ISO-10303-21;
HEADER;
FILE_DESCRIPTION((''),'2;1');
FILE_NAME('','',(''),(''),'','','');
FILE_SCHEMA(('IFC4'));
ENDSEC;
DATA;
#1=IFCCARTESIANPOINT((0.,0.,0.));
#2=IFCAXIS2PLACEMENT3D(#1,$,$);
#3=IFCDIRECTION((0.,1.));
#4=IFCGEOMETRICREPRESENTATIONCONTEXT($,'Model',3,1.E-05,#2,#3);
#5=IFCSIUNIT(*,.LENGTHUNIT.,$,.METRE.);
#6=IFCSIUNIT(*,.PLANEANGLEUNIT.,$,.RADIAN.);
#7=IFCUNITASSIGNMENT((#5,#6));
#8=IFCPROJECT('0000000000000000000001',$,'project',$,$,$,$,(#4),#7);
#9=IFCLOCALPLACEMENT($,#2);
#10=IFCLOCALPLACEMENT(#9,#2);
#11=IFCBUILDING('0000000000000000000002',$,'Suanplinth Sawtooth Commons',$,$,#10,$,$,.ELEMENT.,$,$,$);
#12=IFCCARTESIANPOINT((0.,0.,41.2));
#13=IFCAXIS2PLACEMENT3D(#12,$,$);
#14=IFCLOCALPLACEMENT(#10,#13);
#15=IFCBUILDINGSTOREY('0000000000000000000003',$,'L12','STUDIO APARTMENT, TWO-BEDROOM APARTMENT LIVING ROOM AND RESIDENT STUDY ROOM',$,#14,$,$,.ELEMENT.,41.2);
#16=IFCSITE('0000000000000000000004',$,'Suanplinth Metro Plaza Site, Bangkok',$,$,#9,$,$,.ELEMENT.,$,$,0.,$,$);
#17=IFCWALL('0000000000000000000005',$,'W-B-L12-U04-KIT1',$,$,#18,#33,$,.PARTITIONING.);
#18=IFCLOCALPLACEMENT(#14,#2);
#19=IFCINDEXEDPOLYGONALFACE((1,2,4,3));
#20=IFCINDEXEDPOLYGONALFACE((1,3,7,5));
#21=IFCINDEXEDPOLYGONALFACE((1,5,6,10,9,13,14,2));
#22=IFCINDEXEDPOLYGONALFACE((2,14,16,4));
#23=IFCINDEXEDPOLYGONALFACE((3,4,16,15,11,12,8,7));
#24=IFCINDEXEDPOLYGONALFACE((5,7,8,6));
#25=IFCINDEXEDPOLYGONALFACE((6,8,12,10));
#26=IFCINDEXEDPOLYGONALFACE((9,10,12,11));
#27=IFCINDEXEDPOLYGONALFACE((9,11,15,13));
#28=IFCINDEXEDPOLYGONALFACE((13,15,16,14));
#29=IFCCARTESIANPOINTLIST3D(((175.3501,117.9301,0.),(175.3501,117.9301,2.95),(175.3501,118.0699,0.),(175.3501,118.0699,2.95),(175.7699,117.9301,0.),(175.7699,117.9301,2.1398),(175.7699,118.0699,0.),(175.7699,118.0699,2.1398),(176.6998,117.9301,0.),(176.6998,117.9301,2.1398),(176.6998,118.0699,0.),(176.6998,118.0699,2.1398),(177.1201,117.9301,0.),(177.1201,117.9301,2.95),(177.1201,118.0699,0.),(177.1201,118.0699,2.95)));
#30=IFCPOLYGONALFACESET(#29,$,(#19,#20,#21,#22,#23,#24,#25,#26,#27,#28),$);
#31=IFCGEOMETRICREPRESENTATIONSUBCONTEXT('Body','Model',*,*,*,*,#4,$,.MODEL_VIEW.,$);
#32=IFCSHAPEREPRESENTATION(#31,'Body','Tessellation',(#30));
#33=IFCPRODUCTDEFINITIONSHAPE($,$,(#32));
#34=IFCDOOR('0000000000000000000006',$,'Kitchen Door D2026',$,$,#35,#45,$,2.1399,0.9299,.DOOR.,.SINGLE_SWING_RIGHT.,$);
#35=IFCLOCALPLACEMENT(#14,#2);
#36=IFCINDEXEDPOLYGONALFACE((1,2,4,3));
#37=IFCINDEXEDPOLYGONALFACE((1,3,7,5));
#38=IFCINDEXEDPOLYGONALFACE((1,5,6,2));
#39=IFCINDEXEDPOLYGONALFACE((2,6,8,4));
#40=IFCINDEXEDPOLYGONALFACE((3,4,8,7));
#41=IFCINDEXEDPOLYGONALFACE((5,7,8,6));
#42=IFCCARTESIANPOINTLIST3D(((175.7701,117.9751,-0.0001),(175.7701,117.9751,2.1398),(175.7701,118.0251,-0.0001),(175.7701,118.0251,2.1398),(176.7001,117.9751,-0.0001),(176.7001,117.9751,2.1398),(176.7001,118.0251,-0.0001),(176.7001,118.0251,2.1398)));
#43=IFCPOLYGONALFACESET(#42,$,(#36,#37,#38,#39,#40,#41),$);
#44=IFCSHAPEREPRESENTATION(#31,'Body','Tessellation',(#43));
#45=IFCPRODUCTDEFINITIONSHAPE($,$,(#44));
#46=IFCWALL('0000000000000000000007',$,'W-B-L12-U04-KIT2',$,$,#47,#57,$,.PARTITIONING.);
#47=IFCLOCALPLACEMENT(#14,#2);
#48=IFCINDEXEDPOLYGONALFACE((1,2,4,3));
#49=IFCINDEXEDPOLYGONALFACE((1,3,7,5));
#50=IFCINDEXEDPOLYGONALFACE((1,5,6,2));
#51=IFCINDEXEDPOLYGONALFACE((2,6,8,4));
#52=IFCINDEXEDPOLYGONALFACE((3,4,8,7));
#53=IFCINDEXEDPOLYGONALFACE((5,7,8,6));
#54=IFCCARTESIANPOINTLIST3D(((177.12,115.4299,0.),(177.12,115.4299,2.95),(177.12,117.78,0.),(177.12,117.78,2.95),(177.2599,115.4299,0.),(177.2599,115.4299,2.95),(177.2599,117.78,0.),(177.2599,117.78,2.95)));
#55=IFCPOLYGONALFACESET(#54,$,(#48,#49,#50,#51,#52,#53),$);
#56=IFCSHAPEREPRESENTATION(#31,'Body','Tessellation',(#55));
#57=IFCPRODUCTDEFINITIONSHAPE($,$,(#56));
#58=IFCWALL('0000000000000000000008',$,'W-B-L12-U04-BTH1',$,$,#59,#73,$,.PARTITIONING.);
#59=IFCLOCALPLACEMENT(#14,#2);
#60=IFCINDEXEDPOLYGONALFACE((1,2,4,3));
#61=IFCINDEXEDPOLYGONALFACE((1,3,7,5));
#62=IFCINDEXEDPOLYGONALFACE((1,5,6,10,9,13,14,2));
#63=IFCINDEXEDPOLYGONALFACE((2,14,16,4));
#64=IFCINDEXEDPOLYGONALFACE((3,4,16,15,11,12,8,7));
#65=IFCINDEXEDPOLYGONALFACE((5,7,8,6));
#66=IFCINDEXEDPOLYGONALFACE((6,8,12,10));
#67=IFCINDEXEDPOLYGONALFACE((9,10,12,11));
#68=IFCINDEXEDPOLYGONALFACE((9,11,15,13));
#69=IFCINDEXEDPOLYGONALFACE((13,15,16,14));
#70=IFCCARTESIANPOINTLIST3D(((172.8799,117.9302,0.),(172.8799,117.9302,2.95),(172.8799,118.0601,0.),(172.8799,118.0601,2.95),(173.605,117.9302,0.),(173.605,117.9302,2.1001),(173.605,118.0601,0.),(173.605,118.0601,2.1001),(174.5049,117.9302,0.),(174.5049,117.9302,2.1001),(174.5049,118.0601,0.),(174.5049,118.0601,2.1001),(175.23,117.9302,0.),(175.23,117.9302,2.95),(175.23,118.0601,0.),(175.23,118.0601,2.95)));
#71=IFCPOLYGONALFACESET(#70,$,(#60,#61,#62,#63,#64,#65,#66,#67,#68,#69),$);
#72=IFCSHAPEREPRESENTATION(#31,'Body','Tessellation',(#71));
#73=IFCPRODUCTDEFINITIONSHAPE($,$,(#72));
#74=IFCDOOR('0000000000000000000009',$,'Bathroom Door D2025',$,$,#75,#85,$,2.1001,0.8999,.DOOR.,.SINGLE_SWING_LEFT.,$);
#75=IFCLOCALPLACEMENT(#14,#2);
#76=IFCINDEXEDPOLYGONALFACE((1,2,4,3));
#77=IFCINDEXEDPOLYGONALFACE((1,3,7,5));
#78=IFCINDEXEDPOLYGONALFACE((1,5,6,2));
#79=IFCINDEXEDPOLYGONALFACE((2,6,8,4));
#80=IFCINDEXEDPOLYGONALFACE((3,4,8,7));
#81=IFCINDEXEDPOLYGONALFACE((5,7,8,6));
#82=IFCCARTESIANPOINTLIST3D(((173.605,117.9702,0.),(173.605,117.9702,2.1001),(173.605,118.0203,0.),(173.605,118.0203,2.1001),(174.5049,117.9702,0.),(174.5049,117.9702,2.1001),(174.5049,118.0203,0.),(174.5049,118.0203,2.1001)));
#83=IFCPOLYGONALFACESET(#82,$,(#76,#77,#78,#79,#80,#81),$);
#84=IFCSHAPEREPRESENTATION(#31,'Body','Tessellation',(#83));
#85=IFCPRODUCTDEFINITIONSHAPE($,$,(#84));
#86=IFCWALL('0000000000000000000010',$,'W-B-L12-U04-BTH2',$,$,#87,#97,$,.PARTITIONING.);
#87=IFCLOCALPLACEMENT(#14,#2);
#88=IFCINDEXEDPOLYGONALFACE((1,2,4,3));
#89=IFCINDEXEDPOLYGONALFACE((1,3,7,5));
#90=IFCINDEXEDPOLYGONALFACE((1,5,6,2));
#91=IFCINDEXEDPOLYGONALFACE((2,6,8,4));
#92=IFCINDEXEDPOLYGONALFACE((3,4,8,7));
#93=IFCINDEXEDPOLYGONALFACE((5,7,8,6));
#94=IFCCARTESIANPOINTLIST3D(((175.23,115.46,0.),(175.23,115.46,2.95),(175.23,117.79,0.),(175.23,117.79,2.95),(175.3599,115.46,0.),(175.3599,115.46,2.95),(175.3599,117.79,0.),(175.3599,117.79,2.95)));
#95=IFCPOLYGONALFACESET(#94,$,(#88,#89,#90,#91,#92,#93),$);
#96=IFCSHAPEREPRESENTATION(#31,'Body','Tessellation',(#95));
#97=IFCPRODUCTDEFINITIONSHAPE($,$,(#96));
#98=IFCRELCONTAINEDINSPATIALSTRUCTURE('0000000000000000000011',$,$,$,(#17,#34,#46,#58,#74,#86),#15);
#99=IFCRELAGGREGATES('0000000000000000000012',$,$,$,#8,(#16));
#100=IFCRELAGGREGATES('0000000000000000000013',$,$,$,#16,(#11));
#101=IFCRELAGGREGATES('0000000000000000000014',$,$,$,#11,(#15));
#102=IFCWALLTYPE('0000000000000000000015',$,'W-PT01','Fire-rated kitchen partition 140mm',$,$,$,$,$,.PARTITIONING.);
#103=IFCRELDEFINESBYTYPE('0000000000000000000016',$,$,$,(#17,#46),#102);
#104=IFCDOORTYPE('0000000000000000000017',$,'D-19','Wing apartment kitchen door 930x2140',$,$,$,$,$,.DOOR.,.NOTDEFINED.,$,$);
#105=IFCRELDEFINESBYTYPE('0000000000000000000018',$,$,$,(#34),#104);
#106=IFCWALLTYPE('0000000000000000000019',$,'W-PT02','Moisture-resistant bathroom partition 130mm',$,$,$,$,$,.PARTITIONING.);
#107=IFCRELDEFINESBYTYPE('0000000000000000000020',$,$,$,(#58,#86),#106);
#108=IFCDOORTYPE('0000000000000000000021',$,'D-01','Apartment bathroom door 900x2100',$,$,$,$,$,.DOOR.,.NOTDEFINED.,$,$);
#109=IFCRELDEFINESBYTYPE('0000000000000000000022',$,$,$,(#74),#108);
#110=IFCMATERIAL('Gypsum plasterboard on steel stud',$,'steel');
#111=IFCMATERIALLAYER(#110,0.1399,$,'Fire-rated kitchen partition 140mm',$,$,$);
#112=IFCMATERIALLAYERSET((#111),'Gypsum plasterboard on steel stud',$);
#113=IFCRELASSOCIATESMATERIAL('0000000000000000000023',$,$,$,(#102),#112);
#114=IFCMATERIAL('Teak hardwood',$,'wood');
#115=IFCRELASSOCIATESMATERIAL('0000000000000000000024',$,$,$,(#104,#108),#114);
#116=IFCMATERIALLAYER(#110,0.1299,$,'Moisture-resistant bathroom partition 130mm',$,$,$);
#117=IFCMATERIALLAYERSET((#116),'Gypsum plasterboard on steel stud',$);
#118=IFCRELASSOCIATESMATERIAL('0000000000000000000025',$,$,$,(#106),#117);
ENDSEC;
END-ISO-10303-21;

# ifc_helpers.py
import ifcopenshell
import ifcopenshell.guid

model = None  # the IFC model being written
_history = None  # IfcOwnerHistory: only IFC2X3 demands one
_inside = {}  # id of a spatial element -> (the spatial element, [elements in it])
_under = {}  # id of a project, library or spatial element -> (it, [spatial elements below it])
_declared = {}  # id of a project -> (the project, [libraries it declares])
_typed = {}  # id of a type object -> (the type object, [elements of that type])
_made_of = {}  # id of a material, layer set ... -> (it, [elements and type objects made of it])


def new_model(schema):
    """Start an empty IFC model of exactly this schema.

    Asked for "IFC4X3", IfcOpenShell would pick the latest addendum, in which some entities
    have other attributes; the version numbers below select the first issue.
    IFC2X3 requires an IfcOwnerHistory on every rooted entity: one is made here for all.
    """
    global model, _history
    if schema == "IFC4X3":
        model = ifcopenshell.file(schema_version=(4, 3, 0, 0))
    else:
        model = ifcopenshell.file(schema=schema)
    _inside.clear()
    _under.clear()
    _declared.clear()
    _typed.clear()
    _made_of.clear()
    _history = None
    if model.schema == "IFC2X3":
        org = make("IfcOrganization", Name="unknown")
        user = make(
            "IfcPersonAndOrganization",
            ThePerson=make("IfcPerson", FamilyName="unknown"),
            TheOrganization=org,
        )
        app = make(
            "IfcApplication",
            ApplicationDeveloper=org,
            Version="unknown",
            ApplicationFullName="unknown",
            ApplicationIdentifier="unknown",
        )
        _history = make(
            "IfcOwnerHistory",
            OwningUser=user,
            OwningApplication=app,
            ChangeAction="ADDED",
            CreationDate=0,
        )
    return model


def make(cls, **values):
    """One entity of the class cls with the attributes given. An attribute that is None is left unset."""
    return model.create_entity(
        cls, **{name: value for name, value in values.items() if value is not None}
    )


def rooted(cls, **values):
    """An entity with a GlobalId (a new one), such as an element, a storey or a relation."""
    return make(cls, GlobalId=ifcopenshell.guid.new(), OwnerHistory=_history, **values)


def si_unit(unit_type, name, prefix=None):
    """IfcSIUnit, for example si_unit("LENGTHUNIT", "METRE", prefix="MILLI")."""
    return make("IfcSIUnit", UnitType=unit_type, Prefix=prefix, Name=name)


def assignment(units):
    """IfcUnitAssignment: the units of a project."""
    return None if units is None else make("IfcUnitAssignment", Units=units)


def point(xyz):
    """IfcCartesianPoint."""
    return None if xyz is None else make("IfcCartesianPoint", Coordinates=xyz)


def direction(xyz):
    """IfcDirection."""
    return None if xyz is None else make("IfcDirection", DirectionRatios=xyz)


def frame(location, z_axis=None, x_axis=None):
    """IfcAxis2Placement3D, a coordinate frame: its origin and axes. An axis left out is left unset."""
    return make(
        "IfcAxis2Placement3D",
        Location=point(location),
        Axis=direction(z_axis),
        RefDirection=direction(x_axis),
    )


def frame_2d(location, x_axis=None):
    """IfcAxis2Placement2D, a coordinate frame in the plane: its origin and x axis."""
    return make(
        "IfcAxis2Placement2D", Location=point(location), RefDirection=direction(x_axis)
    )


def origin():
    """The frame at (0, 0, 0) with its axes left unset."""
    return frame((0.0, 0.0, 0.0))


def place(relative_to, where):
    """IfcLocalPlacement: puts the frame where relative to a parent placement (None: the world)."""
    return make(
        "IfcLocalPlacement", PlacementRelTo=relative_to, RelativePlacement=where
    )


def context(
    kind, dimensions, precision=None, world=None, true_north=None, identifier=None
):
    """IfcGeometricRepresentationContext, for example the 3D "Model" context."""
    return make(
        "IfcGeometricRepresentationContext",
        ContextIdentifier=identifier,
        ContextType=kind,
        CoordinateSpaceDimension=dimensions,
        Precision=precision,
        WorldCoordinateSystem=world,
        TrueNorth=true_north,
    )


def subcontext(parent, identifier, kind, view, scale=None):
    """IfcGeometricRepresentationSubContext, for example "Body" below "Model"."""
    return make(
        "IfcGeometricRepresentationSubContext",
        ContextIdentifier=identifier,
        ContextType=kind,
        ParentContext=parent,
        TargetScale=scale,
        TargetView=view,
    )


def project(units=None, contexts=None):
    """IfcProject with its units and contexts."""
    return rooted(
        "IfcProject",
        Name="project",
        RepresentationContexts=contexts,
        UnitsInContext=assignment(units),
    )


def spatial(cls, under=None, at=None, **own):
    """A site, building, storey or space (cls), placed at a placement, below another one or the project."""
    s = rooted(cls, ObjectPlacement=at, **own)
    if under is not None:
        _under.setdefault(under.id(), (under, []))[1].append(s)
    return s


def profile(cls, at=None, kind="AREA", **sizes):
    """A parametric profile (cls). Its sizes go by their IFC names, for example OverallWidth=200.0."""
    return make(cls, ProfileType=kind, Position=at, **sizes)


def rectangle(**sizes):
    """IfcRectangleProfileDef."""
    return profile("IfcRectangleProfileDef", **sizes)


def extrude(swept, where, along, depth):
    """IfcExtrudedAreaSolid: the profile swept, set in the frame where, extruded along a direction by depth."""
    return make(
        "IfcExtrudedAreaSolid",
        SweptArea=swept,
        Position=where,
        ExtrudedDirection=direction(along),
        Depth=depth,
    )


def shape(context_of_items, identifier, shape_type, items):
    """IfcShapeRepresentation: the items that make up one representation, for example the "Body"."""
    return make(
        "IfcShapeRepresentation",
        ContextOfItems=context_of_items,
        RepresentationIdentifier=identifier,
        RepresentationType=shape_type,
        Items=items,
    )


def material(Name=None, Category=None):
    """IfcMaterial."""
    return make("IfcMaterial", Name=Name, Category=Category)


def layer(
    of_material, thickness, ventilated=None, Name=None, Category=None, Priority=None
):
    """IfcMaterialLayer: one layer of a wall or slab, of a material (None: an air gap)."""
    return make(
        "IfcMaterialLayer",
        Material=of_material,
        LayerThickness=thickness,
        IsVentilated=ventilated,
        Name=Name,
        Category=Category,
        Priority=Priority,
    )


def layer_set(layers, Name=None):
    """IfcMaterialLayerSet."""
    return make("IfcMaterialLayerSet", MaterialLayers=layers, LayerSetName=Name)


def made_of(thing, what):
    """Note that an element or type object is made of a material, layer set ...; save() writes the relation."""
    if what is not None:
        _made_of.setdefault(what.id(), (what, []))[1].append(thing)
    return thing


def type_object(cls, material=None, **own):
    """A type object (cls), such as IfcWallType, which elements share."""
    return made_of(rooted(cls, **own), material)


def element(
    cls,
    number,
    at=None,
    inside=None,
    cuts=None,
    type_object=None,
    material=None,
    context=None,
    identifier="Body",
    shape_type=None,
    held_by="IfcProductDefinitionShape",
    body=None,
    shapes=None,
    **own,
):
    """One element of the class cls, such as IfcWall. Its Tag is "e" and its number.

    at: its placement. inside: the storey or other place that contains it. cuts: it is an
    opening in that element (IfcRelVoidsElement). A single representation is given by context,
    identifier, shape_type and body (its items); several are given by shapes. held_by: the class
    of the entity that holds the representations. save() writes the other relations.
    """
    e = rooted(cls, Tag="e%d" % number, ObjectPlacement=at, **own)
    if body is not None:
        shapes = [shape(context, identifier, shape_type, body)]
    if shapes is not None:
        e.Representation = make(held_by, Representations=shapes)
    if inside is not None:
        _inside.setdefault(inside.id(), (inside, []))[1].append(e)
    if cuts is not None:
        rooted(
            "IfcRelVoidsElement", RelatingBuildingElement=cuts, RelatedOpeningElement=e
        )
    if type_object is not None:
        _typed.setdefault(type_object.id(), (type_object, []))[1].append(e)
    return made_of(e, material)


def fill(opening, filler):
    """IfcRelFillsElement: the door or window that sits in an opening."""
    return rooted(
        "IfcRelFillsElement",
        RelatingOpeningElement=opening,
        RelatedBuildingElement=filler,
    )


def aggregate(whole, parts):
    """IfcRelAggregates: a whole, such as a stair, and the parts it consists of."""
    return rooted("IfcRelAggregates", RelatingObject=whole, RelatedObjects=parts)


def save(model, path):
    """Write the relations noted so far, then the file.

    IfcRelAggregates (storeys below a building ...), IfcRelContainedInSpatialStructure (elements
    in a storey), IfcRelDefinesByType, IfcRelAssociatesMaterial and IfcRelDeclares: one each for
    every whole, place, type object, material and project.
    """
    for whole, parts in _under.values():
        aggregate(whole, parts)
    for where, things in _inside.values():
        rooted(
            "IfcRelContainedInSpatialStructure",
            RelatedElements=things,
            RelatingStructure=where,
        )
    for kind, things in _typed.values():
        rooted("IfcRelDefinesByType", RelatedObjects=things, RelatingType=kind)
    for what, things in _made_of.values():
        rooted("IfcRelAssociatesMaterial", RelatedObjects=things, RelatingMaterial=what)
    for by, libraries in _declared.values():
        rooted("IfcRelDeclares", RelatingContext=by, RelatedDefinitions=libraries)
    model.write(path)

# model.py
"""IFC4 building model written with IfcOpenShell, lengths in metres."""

from ifc_helpers import new_model, si_unit, direction, frame, frame_2d, origin, place, context, subcontext, project, spatial, rectangle, extrude, material, layer, layer_set, type_object, element, fill, save


model = new_model("IFC4")

# Units and contexts
model_context = context("Model", 3, precision=1e-05, world=origin(), true_north=direction((0.0, 1.0)))
body_context = subcontext(model_context, "Body", "Model", "MODEL_VIEW")
ifc_project = project(units=[si_unit("LENGTHUNIT", "METRE"), si_unit("PLANEANGLEUNIT", "RADIAN")], contexts=[model_context])

# Site, building, storey
site_placement = place(None, origin())
site = spatial("IfcSite", under=ifc_project, at=site_placement, Name="Suanplinth Metro Plaza Site, Bangkok", CompositionType="ELEMENT", RefElevation=0.0)
building_placement = place(site_placement, origin())
building = spatial("IfcBuilding", under=site, at=building_placement, Name="Suanplinth Sawtooth Commons", CompositionType="ELEMENT")
storey_placement = place(building_placement, frame((0.0, 0.0, 41.2)))
storey = spatial("IfcBuildingStorey", under=building, at=storey_placement, Name="L12", Description="STUDIO APARTMENT, TWO-BEDROOM APARTMENT LIVING ROOM AND RESIDENT STUDY ROOM", CompositionType="ELEMENT", Elevation=41.2)

# Wall, opening, door
ifc_material_1 = material(Name="Gypsum plasterboard on steel stud", Category="steel")
ifc_layer_1 = layer(ifc_material_1, 0.1399, Name="Fire-rated kitchen partition 140mm")
ifc_layer_set_1 = layer_set([ifc_layer_1], Name="Gypsum plasterboard on steel stud")
wall_type_1 = type_object("IfcWallType", Name="W-PT01", Description="Fire-rated kitchen partition 140mm", PredefinedType="PARTITIONING", material=ifc_layer_set_1)
wall_1_placement = place(storey_placement, frame((175.3501, 118.0, 0.0), z_axis=(0.0, 0.0, 1.0), x_axis=(1.0, 0.0, 0.0)))
wall_1 = element("IfcWall", 1, at=wall_1_placement, inside=storey, type_object=wall_type_1, Name="W-B-L12-U04-KIT1", PredefinedType="PARTITIONING", context=body_context, shape_type="SweptSolid", body=[
    extrude(rectangle(XDim=1.77, YDim=0.1399, at=frame_2d((0.885, 0.0))), origin(), (0.0, 0.0, 1.0), 2.95),
])
opening_1_placement = place(wall_1_placement, frame((0.4199, 0.0, 0.0)))
opening_1 = element("IfcOpeningElement", 2, at=opening_1_placement, cuts=wall_1, PredefinedType="OPENING", context=body_context, shape_type="SweptSolid", body=[
    extrude(rectangle(XDim=0.9299, YDim=2.1399, at=frame_2d((0.4648, 1.0698))), frame((0.0, 0.085, 0.0), z_axis=(0.0, -1.0, 0.0), x_axis=(1.0, 0.0, 0.0)), (0.0, 0.0, 1.0), 0.1697),
])
ifc_material_2 = material(Name="Teak hardwood", Category="wood")
door_type_1 = type_object("IfcDoorType", Name="D-19", Description="Wing apartment kitchen door 930x2140", OperationType="NOTDEFINED", PredefinedType="DOOR", material=ifc_material_2)
door_1_placement = place(opening_1_placement, frame((0.9299, 0.0, 0.0), z_axis=(0.0, 0.0, 1.0), x_axis=(-1.0, 0.0, 0.0)))
door_1 = element("IfcDoor", 3, at=door_1_placement, inside=storey, type_object=door_type_1, Name="Kitchen Door D2026", OperationType="SINGLE_SWING_RIGHT", OverallHeight=2.1399, OverallWidth=0.9299, PredefinedType="DOOR", context=body_context, shape_type="SweptSolid", body=[
    extrude(rectangle(XDim=0.9299, YDim=2.1399, at=frame_2d((0.4648, 1.0698))), frame((0.0, 0.0249, 0.0), z_axis=(0.0, -1.0, 0.0), x_axis=(1.0, 0.0, 0.0)), (0.0, 0.0, 1.0), 0.05),
])
fill(opening_1, door_1)

# Wall
wall_2_placement = place(storey_placement, frame((177.1899, 115.4299, 0.0), z_axis=(0.0, 0.0, 1.0), x_axis=(0.0, 1.0, 0.0)))
element("IfcWall", 4, at=wall_2_placement, inside=storey, type_object=wall_type_1, Name="W-B-L12-U04-KIT2", PredefinedType="PARTITIONING", context=body_context, shape_type="SweptSolid", body=[
    extrude(rectangle(XDim=2.3501, YDim=0.1399, at=frame_2d((1.175, 0.0))), origin(), (0.0, 0.0, 1.0), 2.95),
])

# Wall, opening, door
ifc_layer_2 = layer(ifc_material_1, 0.1299, Name="Moisture-resistant bathroom partition 130mm")
ifc_layer_set_2 = layer_set([ifc_layer_2], Name="Gypsum plasterboard on steel stud")
wall_type_2 = type_object("IfcWallType", Name="W-PT02", Description="Moisture-resistant bathroom partition 130mm", PredefinedType="PARTITIONING", material=ifc_layer_set_2)
wall_3_placement = place(storey_placement, frame((172.8799, 117.9951, 0.0), z_axis=(0.0, 0.0, 1.0), x_axis=(1.0, 0.0, 0.0)))
wall_3 = element("IfcWall", 5, at=wall_3_placement, inside=storey, type_object=wall_type_2, Name="W-B-L12-U04-BTH1", PredefinedType="PARTITIONING", context=body_context, shape_type="SweptSolid", body=[
    extrude(rectangle(XDim=2.3501, YDim=0.1299, at=frame_2d((1.175, 0.0))), origin(), (0.0, 0.0, 1.0), 2.95),
])
opening_2_placement = place(wall_3_placement, frame((0.7251, 0.0, 0.0)))
opening_2 = element("IfcOpeningElement", 6, at=opening_2_placement, cuts=wall_3, PredefinedType="OPENING", context=body_context, shape_type="SweptSolid", body=[
    extrude(rectangle(XDim=0.8999, YDim=2.1001, at=frame_2d((0.45, 1.05))), frame((0.0, 0.0798, 0.0), z_axis=(0.0, -1.0, 0.0), x_axis=(1.0, 0.0, 0.0)), (0.0, 0.0, 1.0), 0.1597),
])
door_type_2 = type_object("IfcDoorType", Name="D-01", Description="Apartment bathroom door 900x2100", OperationType="NOTDEFINED", PredefinedType="DOOR", material=ifc_material_2)
door_2_placement = place(opening_2_placement, frame((0.8999, 0.0, 0.0), z_axis=(0.0, 0.0, 1.0), x_axis=(-1.0, 0.0, 0.0)))
door_2 = element("IfcDoor", 7, at=door_2_placement, inside=storey, type_object=door_type_2, Name="Bathroom Door D2025", OperationType="SINGLE_SWING_LEFT", OverallHeight=2.1001, OverallWidth=0.8999, PredefinedType="DOOR", context=body_context, shape_type="SweptSolid", body=[
    extrude(rectangle(XDim=0.8999, YDim=2.1001, at=frame_2d((0.45, 1.05))), frame((0.0, 0.0249, 0.0), z_axis=(0.0, -1.0, 0.0), x_axis=(1.0, 0.0, 0.0)), (0.0, 0.0, 1.0), 0.05),
])
fill(opening_2, door_2)

# Wall
wall_4_placement = place(storey_placement, frame((175.2949, 115.46, 0.0), z_axis=(0.0, 0.0, 1.0), x_axis=(0.0, 1.0, 0.0)))
element("IfcWall", 8, at=wall_4_placement, inside=storey, type_object=wall_type_2, Name="W-B-L12-U04-BTH2", PredefinedType="PARTITIONING", context=body_context, shape_type="SweptSolid", body=[
    extrude(rectangle(XDim=2.3301, YDim=0.1299, at=frame_2d((1.165, 0.0))), origin(), (0.0, 0.0, 1.0), 2.95),
])

save(model, "model.ifc")
